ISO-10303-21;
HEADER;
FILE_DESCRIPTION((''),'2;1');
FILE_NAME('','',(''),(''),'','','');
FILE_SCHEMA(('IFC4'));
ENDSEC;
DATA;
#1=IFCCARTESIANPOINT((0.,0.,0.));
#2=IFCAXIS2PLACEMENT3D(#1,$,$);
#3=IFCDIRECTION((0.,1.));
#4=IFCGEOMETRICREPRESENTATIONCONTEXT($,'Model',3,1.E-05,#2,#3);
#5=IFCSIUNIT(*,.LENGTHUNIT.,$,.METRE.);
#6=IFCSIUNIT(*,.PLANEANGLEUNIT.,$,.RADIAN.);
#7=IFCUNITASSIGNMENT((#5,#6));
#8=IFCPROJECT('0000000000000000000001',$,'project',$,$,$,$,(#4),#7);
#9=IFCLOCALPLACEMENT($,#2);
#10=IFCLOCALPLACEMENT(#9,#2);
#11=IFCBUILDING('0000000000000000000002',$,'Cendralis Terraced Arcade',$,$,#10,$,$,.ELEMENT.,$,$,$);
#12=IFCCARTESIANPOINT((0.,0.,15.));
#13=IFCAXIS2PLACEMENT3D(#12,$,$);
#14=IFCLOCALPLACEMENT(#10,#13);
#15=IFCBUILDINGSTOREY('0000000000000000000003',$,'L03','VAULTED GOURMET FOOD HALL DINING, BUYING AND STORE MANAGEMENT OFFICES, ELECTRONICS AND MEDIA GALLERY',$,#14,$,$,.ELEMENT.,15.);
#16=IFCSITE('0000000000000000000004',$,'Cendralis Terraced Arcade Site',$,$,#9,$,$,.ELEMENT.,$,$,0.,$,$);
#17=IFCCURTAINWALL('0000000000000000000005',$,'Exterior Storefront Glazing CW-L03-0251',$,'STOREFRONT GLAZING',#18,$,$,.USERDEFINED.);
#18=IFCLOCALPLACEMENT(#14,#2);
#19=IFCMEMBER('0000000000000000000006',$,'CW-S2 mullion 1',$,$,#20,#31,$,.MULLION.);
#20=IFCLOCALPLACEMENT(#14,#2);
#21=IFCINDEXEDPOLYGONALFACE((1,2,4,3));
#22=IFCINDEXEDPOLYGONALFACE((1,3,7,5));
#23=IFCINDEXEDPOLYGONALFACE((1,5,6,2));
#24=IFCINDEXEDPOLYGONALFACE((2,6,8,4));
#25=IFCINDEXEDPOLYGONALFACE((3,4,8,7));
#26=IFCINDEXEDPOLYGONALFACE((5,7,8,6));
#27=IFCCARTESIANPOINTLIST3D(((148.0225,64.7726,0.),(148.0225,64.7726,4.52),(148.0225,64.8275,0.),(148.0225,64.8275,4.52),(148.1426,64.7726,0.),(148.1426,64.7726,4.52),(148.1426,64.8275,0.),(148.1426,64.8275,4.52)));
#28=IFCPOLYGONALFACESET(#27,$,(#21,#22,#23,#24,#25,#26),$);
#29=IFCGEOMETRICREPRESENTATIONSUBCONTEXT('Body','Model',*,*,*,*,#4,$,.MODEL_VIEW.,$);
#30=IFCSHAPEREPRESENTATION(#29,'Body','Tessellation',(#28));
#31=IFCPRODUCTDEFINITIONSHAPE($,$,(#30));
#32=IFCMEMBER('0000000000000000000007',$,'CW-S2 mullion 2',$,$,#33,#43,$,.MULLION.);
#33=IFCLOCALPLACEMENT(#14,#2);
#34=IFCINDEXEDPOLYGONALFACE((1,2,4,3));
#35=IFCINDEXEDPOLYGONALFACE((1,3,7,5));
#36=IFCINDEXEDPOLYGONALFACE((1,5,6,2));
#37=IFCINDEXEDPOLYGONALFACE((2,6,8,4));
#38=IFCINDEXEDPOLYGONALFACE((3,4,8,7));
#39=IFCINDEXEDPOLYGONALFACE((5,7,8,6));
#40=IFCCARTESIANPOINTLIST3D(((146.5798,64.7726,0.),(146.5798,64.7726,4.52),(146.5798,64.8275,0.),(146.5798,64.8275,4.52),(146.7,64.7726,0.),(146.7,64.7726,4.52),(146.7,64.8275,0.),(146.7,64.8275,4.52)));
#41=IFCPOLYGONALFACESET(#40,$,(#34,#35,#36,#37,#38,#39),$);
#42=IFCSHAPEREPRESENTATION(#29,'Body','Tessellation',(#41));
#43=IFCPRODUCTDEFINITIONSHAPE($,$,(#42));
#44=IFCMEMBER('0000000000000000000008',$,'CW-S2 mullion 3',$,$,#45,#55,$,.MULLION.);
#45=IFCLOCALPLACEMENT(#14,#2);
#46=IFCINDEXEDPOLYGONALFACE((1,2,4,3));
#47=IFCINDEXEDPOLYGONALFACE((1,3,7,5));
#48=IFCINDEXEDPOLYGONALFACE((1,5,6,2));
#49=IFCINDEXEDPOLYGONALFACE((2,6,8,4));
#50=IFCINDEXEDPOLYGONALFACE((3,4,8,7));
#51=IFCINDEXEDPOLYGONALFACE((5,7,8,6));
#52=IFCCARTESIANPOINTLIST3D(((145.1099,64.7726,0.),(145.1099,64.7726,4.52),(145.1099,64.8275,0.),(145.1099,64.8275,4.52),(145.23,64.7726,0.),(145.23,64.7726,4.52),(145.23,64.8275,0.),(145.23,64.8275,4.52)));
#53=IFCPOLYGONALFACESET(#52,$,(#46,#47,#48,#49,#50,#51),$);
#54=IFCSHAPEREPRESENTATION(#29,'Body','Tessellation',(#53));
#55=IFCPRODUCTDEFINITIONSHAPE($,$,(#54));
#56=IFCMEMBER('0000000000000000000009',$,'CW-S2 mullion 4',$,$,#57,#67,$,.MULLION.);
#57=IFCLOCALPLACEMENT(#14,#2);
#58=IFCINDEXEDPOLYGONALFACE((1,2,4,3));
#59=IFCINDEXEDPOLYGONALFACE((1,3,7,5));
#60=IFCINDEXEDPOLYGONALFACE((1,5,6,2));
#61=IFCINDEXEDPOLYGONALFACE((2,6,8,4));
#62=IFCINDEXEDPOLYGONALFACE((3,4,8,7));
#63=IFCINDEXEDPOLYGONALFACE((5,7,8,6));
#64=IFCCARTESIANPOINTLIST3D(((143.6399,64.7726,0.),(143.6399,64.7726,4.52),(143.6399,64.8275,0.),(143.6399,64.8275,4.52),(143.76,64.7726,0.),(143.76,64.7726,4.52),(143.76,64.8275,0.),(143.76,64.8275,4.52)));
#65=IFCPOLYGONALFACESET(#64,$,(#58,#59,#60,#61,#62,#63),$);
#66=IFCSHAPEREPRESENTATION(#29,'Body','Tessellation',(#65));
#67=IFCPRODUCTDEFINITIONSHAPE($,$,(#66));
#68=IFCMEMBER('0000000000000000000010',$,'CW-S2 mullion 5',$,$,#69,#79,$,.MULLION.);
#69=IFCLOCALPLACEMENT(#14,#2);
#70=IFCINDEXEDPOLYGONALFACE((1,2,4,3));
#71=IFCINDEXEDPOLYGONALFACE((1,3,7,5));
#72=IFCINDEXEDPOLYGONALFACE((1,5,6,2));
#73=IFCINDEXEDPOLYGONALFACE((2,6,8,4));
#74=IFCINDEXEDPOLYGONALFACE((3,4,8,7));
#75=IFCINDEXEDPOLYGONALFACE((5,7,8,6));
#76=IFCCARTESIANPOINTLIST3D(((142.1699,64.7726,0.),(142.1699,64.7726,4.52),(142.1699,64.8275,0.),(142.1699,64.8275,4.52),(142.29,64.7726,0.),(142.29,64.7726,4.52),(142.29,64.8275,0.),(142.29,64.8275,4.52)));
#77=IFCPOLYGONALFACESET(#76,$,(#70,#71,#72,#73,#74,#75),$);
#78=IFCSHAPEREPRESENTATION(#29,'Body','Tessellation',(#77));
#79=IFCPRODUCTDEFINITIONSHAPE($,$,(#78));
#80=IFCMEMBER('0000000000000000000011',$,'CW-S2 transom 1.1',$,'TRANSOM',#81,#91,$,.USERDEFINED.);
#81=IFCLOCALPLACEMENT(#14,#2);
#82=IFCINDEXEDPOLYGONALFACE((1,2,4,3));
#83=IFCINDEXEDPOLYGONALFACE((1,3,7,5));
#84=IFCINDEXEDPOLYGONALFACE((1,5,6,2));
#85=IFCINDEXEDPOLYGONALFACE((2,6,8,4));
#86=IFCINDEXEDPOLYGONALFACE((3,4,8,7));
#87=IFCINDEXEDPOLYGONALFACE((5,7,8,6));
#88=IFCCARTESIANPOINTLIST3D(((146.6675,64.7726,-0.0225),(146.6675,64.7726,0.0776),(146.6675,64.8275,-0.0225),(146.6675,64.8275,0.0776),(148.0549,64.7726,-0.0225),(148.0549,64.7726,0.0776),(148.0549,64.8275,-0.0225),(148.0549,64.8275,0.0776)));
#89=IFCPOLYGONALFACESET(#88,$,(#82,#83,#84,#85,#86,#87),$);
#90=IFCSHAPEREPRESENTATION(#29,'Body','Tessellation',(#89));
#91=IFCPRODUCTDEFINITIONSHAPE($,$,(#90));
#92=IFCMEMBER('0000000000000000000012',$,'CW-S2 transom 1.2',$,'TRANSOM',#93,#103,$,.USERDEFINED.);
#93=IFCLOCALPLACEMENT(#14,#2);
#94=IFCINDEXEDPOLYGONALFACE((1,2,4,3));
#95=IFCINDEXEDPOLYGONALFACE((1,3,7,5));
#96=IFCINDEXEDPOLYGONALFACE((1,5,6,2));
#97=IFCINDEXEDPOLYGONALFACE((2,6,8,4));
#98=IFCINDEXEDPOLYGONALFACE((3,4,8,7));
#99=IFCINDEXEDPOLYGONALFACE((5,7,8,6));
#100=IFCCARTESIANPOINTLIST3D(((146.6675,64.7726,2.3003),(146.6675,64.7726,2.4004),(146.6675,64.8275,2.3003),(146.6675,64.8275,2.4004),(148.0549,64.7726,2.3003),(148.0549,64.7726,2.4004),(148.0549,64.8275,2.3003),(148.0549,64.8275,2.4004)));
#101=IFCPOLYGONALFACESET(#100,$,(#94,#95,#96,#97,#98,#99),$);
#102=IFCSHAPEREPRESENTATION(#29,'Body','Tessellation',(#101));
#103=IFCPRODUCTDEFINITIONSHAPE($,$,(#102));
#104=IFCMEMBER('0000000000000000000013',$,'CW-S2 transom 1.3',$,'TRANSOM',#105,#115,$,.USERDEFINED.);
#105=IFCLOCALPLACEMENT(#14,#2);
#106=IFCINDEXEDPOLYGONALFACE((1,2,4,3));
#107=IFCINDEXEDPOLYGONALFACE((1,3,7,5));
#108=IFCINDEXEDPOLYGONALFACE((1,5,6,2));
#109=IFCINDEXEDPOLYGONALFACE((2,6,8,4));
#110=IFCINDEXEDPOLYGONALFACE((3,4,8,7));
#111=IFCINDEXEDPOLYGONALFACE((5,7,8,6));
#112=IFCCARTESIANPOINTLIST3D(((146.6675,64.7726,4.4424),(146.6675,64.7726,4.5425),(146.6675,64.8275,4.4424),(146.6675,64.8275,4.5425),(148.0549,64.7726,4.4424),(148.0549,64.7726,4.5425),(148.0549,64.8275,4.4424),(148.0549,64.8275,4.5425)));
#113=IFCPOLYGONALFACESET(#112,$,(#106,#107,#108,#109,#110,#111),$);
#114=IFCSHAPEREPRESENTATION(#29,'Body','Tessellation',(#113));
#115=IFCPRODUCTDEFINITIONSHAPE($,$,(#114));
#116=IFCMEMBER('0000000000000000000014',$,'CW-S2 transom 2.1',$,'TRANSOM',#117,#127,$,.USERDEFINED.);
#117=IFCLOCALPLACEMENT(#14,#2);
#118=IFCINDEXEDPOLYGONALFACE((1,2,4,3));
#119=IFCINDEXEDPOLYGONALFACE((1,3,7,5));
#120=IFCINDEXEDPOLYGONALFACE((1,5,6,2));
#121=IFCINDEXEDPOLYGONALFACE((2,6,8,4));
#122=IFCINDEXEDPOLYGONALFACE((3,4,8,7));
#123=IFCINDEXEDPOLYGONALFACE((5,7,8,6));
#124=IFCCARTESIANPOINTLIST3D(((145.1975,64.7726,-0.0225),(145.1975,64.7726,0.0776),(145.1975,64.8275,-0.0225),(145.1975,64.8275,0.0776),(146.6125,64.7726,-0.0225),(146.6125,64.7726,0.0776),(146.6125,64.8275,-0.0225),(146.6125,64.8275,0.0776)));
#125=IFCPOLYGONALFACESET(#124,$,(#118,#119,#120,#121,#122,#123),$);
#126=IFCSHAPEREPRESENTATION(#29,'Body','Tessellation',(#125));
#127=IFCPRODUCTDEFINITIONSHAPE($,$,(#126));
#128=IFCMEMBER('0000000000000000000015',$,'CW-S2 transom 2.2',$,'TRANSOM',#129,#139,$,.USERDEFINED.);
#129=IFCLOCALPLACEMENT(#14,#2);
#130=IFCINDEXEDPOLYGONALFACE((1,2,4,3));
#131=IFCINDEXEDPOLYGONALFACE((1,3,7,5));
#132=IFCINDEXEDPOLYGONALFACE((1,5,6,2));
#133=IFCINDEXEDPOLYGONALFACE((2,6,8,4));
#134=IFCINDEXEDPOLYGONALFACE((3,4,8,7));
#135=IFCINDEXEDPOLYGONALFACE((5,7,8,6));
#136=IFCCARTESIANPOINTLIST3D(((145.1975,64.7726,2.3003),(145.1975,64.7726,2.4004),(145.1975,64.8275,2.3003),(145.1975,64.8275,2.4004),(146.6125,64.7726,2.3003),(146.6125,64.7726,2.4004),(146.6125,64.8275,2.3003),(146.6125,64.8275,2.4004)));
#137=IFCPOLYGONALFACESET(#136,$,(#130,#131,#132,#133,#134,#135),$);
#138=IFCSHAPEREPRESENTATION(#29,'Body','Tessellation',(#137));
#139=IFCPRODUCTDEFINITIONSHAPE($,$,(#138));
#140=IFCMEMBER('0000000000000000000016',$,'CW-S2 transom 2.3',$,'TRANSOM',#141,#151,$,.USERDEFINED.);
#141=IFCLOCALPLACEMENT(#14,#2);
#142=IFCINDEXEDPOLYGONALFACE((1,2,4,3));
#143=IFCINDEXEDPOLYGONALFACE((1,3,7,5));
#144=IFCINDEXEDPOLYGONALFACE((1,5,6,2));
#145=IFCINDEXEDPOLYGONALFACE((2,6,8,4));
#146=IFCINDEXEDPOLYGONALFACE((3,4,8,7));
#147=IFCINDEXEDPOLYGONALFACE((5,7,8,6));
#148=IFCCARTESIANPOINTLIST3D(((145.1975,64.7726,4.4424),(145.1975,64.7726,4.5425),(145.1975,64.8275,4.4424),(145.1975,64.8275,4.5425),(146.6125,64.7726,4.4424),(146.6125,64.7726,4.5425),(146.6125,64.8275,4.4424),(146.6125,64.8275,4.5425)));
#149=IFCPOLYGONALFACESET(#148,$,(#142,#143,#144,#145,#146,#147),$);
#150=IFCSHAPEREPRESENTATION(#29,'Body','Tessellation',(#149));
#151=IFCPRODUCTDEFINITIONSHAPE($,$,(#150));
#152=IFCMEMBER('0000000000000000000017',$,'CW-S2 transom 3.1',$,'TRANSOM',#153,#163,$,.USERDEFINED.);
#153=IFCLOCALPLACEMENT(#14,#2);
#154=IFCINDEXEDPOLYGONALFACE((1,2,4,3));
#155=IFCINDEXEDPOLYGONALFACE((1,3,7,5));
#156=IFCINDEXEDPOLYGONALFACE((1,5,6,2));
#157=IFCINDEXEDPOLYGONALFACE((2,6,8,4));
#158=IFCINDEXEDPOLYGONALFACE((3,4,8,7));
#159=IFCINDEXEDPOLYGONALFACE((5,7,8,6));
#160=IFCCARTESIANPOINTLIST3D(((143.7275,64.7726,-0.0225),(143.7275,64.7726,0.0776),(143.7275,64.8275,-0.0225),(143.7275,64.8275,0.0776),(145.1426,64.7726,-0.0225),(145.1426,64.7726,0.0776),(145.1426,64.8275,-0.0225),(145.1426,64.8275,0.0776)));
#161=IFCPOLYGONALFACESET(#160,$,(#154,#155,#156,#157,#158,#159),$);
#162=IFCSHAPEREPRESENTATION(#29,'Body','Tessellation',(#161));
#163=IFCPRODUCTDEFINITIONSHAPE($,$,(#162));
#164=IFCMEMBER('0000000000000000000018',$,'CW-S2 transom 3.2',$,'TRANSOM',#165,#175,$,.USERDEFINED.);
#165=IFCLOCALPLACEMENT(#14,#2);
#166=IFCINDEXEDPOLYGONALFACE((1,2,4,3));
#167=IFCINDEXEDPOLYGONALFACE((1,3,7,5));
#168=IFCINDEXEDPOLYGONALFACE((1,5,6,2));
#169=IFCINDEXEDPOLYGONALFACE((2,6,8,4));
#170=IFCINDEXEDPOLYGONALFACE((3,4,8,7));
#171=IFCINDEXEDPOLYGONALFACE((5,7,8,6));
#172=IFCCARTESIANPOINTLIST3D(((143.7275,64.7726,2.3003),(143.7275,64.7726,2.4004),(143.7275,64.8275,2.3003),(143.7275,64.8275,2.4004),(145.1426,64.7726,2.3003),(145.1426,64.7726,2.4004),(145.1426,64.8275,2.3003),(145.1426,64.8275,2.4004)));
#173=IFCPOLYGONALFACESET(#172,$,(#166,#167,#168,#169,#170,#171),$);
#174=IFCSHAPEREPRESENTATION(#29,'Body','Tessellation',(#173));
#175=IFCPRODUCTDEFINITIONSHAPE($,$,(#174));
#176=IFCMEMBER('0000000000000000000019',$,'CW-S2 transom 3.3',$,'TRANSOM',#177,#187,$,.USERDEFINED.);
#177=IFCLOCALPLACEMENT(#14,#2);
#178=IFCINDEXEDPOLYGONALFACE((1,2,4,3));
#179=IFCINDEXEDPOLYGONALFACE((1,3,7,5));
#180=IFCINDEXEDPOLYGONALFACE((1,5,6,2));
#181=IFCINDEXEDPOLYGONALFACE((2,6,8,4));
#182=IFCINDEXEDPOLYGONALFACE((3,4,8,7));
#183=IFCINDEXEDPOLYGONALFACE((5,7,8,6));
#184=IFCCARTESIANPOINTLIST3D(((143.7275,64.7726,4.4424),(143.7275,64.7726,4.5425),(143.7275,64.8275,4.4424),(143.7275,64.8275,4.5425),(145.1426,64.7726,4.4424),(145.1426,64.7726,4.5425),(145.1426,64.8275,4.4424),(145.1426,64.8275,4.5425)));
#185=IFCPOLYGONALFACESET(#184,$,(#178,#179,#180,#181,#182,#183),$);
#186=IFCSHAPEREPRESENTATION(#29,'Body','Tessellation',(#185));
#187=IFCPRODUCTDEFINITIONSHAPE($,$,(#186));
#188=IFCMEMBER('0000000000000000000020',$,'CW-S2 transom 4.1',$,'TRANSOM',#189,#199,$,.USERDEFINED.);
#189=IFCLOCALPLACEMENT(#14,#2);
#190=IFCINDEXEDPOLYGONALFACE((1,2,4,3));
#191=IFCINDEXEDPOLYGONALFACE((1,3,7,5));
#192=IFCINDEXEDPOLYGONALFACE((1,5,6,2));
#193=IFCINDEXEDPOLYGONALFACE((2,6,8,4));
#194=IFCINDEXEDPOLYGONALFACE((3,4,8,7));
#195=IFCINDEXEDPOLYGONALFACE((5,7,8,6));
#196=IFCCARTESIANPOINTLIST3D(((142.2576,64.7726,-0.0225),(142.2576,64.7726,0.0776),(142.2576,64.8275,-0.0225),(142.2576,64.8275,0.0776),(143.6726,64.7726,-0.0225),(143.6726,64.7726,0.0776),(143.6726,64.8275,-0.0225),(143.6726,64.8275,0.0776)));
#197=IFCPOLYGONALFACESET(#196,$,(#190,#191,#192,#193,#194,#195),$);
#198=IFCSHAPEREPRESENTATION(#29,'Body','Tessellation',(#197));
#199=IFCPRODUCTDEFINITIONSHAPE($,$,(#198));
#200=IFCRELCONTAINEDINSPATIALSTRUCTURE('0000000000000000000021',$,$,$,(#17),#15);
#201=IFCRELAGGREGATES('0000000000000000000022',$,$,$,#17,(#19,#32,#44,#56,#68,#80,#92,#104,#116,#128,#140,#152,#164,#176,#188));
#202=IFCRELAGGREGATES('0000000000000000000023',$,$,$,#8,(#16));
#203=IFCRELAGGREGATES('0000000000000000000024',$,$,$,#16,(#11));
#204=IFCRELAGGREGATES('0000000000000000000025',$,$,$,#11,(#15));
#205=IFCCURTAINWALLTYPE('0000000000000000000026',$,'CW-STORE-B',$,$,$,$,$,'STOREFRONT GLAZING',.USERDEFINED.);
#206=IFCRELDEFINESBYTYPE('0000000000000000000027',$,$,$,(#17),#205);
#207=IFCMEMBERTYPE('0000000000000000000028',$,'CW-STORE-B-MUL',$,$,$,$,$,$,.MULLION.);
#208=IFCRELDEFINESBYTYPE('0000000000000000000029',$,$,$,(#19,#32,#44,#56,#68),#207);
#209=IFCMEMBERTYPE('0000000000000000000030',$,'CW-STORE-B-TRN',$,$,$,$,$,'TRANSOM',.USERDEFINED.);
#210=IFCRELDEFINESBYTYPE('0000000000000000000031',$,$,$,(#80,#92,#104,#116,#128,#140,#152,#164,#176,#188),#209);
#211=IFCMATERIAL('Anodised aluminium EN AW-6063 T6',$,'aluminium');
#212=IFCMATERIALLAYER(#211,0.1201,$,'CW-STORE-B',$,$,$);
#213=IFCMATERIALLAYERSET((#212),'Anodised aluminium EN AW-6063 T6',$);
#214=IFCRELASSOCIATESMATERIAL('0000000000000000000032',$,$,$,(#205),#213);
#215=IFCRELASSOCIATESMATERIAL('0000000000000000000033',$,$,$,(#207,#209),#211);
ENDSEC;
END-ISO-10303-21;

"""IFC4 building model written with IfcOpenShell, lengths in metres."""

from ifc_helpers import new_model, si_unit, direction, frame, origin, origin_2d, place, context, subcontext, project, spatial, rectangle, extrude, material, layer, layer_set, material_profile, profile_set, type_object, element, aggregate, save


model = new_model("IFC4")

# Units and contexts
model_context = context("Model", 3, precision=1e-05, world=origin(), true_north=direction((0.0, 1.0)))
body_context = subcontext(model_context, "Body", "Model", "MODEL_VIEW")
ifc_project = project(units=[si_unit("LENGTHUNIT", "METRE"), si_unit("PLANEANGLEUNIT", "RADIAN")], contexts=[model_context])

# Site, building, storey
site_placement = place(None, origin())
site = spatial("IfcSite", under=ifc_project, at=site_placement, Name="Cendralis Terraced Arcade Site", CompositionType="ELEMENT", RefElevation=0.0)
building_placement = place(site_placement, origin())
building = spatial("IfcBuilding", under=site, at=building_placement, Name="Cendralis Terraced Arcade", CompositionType="ELEMENT")
storey_placement = place(building_placement, frame((0.0, 0.0, 15.0)))
storey = spatial("IfcBuildingStorey", under=building, at=storey_placement, Name="L03", Description="VAULTED GOURMET FOOD HALL DINING, BUYING AND STORE MANAGEMENT OFFICES, ELECTRONICS AND MEDIA GALLERY", CompositionType="ELEMENT", Elevation=15.0)

# Curtain wall, members
ifc_material_1 = material(Name="Anodised aluminium EN AW-6063 T6", Category="aluminium")
ifc_layer_1 = layer(ifc_material_1, 0.1201, Name="CW-STORE-B")
ifc_layer_set_1 = layer_set([ifc_layer_1], Name="Anodised aluminium EN AW-6063 T6")
curtain_wall_type_1 = type_object("IfcCurtainWallType", Name="CW-STORE-B", ElementType="STOREFRONT GLAZING", PredefinedType="USERDEFINED", material=ifc_layer_set_1)
curtain_wall_1_placement = place(storey_placement, origin())
curtain_wall_1 = element("IfcCurtainWall", 1, at=curtain_wall_1_placement, inside=storey, type_object=curtain_wall_type_1, Name="Exterior Storefront Glazing CW-L03-0251", ObjectType="STOREFRONT GLAZING", PredefinedType="USERDEFINED")
ifc_material_profile_1 = material_profile(ifc_material_1, rectangle(XDim=0.0549, YDim=0.1201, at=origin_2d()), Name="ALU-MUL-55x120")
ifc_profile_set_1 = profile_set([ifc_material_profile_1], Name="Anodised aluminium EN AW-6063 T6")
member_type_1 = type_object("IfcMemberType", Name="CW-STORE-B-MUL", PredefinedType="MULLION", material=ifc_profile_set_1)
member_1_placement = place(storey_placement, frame((148.0825, 64.8, 0.0), z_axis=(0.0, 0.0, 1.0), x_axis=(0.0, -1.0, 0.0)))
member_1 = element("IfcMember", 2, at=member_1_placement, type_object=member_type_1, Name="CW-S2 mullion 1", PredefinedType="MULLION", context=body_context, shape_type="SweptSolid", body=[
    extrude(rectangle(XDim=0.0549, YDim=0.1201, at=origin_2d()), origin(), (0.0, 0.0, 1.0), 4.52),
])
member_2_placement = place(storey_placement, frame((146.6399, 64.8, 0.0), z_axis=(0.0, 0.0, 1.0), x_axis=(0.0, -1.0, 0.0)))
member_2 = element("IfcMember", 3, at=member_2_placement, type_object=member_type_1, Name="CW-S2 mullion 2", PredefinedType="MULLION", context=body_context, shape_type="SweptSolid", body=[
    extrude(rectangle(XDim=0.0549, YDim=0.1201, at=origin_2d()), origin(), (0.0, 0.0, 1.0), 4.52),
])
member_3_placement = place(storey_placement, frame((145.1699, 64.8, 0.0), z_axis=(0.0, 0.0, 1.0), x_axis=(0.0, -1.0, 0.0)))
member_3 = element("IfcMember", 4, at=member_3_placement, type_object=member_type_1, Name="CW-S2 mullion 3", PredefinedType="MULLION", context=body_context, shape_type="SweptSolid", body=[
    extrude(rectangle(XDim=0.0549, YDim=0.1201, at=origin_2d()), origin(), (0.0, 0.0, 1.0), 4.52),
])
member_4_placement = place(storey_placement, frame((143.7, 64.8, 0.0), z_axis=(0.0, 0.0, 1.0), x_axis=(0.0, -1.0, 0.0)))
member_4 = element("IfcMember", 5, at=member_4_placement, type_object=member_type_1, Name="CW-S2 mullion 4", PredefinedType="MULLION", context=body_context, shape_type="SweptSolid", body=[
    extrude(rectangle(XDim=0.0549, YDim=0.1201, at=origin_2d()), origin(), (0.0, 0.0, 1.0), 4.52),
])
member_5_placement = place(storey_placement, frame((142.23, 64.8, 0.0), z_axis=(0.0, 0.0, 1.0), x_axis=(0.0, -1.0, 0.0)))
member_5 = element("IfcMember", 6, at=member_5_placement, type_object=member_type_1, Name="CW-S2 mullion 5", PredefinedType="MULLION", context=body_context, shape_type="SweptSolid", body=[
    extrude(rectangle(XDim=0.0549, YDim=0.1201, at=origin_2d()), origin(), (0.0, 0.0, 1.0), 4.52),
])
ifc_material_profile_2 = material_profile(ifc_material_1, rectangle(XDim=0.0549, YDim=0.1001, at=origin_2d()), Name="ALU-TRN-55x100")
ifc_profile_set_2 = profile_set([ifc_material_profile_2], Name="Anodised aluminium EN AW-6063 T6")
member_type_2 = type_object("IfcMemberType", Name="CW-STORE-B-TRN", ElementType="TRANSOM", PredefinedType="USERDEFINED", material=ifc_profile_set_2)
member_6_placement = place(storey_placement, frame((148.0549, 64.8, 0.0276), z_axis=(-1.0, 0.0, 0.0), x_axis=(0.0, -1.0, 0.0)))
member_6 = element("IfcMember", 7, at=member_6_placement, type_object=member_type_2, Name="CW-S2 transom 1.1", ObjectType="TRANSOM", PredefinedType="USERDEFINED", context=body_context, shape_type="SweptSolid", body=[
    extrude(rectangle(XDim=0.0549, YDim=0.1001, at=origin_2d()), origin(), (0.0, 0.0, 1.0), 1.3875),
])
member_7_placement = place(storey_placement, frame((148.0549, 64.8, 2.3503), z_axis=(-1.0, 0.0, 0.0), x_axis=(0.0, -1.0, 0.0)))
member_7 = element("IfcMember", 8, at=member_7_placement, type_object=member_type_2, Name="CW-S2 transom 1.2", ObjectType="TRANSOM", PredefinedType="USERDEFINED", context=body_context, shape_type="SweptSolid", body=[
    extrude(rectangle(XDim=0.0549, YDim=0.1001, at=origin_2d()), origin(), (0.0, 0.0, 1.0), 1.3875),
])
member_8_placement = place(storey_placement, frame((148.0549, 64.8, 4.4924), z_axis=(-1.0, 0.0, 0.0), x_axis=(0.0, -1.0, 0.0)))
member_8 = element("IfcMember", 9, at=member_8_placement, type_object=member_type_2, Name="CW-S2 transom 1.3", ObjectType="TRANSOM", PredefinedType="USERDEFINED", context=body_context, shape_type="SweptSolid", body=[
    extrude(rectangle(XDim=0.0549, YDim=0.1001, at=origin_2d()), origin(), (0.0, 0.0, 1.0), 1.3875),
])
member_9_placement = place(storey_placement, frame((146.6125, 64.8, 0.0276), z_axis=(-1.0, 0.0, 0.0), x_axis=(0.0, -1.0, 0.0)))
member_9 = element("IfcMember", 10, at=member_9_placement, type_object=member_type_2, Name="CW-S2 transom 2.1", ObjectType="TRANSOM", PredefinedType="USERDEFINED", context=body_context, shape_type="SweptSolid", body=[
    extrude(rectangle(XDim=0.0549, YDim=0.1001, at=origin_2d()), origin(), (0.0, 0.0, 1.0), 1.415),
])
member_10_placement = place(storey_placement, frame((146.6125, 64.8, 2.3503), z_axis=(-1.0, 0.0, 0.0), x_axis=(0.0, -1.0, 0.0)))
member_10 = element("IfcMember", 11, at=member_10_placement, type_object=member_type_2, Name="CW-S2 transom 2.2", ObjectType="TRANSOM", PredefinedType="USERDEFINED", context=body_context, shape_type="SweptSolid", body=[
    extrude(rectangle(XDim=0.0549, YDim=0.1001, at=origin_2d()), origin(), (0.0, 0.0, 1.0), 1.415),
])
member_11_placement = place(storey_placement, frame((146.6125, 64.8, 4.4924), z_axis=(-1.0, 0.0, 0.0), x_axis=(0.0, -1.0, 0.0)))
member_11 = element("IfcMember", 12, at=member_11_placement, type_object=member_type_2, Name="CW-S2 transom 2.3", ObjectType="TRANSOM", PredefinedType="USERDEFINED", context=body_context, shape_type="SweptSolid", body=[
    extrude(rectangle(XDim=0.0549, YDim=0.1001, at=origin_2d()), origin(), (0.0, 0.0, 1.0), 1.415),
])
member_12_placement = place(storey_placement, frame((145.1426, 64.8, 0.0276), z_axis=(-1.0, 0.0, 0.0), x_axis=(0.0, -1.0, 0.0)))
member_12 = element("IfcMember", 13, at=member_12_placement, type_object=member_type_2, Name="CW-S2 transom 3.1", ObjectType="TRANSOM", PredefinedType="USERDEFINED", context=body_context, shape_type="SweptSolid", body=[
    extrude(rectangle(XDim=0.0549, YDim=0.1001, at=origin_2d()), origin(), (0.0, 0.0, 1.0), 1.415),
])
member_13_placement = place(storey_placement, frame((145.1426, 64.8, 2.3503), z_axis=(-1.0, 0.0, 0.0), x_axis=(0.0, -1.0, 0.0)))
member_13 = element("IfcMember", 14, at=member_13_placement, type_object=member_type_2, Name="CW-S2 transom 3.2", ObjectType="TRANSOM", PredefinedType="USERDEFINED", context=body_context, shape_type="SweptSolid", body=[
    extrude(rectangle(XDim=0.0549, YDim=0.1001, at=origin_2d()), origin(), (0.0, 0.0, 1.0), 1.415),
])
member_14_placement = place(storey_placement, frame((145.1426, 64.8, 4.4924), z_axis=(-1.0, 0.0, 0.0), x_axis=(0.0, -1.0, 0.0)))
member_14 = element("IfcMember", 15, at=member_14_placement, type_object=member_type_2, Name="CW-S2 transom 3.3", ObjectType="TRANSOM", PredefinedType="USERDEFINED", context=body_context, shape_type="SweptSolid", body=[
    extrude(rectangle(XDim=0.0549, YDim=0.1001, at=origin_2d()), origin(), (0.0, 0.0, 1.0), 1.415),
])
member_15_placement = place(storey_placement, frame((143.6726, 64.8, 0.0276), z_axis=(-1.0, 0.0, 0.0), x_axis=(0.0, -1.0, 0.0)))
member_15 = element("IfcMember", 16, at=member_15_placement, type_object=member_type_2, Name="CW-S2 transom 4.1", ObjectType="TRANSOM", PredefinedType="USERDEFINED", context=body_context, shape_type="SweptSolid", body=[
    extrude(rectangle(XDim=0.0549, YDim=0.1001, at=origin_2d()), origin(), (0.0, 0.0, 1.0), 1.415),
])

aggregate(curtain_wall_1, [member_1, member_2, member_3, member_4, member_5, member_6, member_7, member_8, member_9, member_10, member_11, member_12, member_13, member_14, member_15])

save(model, "model.ifc")
